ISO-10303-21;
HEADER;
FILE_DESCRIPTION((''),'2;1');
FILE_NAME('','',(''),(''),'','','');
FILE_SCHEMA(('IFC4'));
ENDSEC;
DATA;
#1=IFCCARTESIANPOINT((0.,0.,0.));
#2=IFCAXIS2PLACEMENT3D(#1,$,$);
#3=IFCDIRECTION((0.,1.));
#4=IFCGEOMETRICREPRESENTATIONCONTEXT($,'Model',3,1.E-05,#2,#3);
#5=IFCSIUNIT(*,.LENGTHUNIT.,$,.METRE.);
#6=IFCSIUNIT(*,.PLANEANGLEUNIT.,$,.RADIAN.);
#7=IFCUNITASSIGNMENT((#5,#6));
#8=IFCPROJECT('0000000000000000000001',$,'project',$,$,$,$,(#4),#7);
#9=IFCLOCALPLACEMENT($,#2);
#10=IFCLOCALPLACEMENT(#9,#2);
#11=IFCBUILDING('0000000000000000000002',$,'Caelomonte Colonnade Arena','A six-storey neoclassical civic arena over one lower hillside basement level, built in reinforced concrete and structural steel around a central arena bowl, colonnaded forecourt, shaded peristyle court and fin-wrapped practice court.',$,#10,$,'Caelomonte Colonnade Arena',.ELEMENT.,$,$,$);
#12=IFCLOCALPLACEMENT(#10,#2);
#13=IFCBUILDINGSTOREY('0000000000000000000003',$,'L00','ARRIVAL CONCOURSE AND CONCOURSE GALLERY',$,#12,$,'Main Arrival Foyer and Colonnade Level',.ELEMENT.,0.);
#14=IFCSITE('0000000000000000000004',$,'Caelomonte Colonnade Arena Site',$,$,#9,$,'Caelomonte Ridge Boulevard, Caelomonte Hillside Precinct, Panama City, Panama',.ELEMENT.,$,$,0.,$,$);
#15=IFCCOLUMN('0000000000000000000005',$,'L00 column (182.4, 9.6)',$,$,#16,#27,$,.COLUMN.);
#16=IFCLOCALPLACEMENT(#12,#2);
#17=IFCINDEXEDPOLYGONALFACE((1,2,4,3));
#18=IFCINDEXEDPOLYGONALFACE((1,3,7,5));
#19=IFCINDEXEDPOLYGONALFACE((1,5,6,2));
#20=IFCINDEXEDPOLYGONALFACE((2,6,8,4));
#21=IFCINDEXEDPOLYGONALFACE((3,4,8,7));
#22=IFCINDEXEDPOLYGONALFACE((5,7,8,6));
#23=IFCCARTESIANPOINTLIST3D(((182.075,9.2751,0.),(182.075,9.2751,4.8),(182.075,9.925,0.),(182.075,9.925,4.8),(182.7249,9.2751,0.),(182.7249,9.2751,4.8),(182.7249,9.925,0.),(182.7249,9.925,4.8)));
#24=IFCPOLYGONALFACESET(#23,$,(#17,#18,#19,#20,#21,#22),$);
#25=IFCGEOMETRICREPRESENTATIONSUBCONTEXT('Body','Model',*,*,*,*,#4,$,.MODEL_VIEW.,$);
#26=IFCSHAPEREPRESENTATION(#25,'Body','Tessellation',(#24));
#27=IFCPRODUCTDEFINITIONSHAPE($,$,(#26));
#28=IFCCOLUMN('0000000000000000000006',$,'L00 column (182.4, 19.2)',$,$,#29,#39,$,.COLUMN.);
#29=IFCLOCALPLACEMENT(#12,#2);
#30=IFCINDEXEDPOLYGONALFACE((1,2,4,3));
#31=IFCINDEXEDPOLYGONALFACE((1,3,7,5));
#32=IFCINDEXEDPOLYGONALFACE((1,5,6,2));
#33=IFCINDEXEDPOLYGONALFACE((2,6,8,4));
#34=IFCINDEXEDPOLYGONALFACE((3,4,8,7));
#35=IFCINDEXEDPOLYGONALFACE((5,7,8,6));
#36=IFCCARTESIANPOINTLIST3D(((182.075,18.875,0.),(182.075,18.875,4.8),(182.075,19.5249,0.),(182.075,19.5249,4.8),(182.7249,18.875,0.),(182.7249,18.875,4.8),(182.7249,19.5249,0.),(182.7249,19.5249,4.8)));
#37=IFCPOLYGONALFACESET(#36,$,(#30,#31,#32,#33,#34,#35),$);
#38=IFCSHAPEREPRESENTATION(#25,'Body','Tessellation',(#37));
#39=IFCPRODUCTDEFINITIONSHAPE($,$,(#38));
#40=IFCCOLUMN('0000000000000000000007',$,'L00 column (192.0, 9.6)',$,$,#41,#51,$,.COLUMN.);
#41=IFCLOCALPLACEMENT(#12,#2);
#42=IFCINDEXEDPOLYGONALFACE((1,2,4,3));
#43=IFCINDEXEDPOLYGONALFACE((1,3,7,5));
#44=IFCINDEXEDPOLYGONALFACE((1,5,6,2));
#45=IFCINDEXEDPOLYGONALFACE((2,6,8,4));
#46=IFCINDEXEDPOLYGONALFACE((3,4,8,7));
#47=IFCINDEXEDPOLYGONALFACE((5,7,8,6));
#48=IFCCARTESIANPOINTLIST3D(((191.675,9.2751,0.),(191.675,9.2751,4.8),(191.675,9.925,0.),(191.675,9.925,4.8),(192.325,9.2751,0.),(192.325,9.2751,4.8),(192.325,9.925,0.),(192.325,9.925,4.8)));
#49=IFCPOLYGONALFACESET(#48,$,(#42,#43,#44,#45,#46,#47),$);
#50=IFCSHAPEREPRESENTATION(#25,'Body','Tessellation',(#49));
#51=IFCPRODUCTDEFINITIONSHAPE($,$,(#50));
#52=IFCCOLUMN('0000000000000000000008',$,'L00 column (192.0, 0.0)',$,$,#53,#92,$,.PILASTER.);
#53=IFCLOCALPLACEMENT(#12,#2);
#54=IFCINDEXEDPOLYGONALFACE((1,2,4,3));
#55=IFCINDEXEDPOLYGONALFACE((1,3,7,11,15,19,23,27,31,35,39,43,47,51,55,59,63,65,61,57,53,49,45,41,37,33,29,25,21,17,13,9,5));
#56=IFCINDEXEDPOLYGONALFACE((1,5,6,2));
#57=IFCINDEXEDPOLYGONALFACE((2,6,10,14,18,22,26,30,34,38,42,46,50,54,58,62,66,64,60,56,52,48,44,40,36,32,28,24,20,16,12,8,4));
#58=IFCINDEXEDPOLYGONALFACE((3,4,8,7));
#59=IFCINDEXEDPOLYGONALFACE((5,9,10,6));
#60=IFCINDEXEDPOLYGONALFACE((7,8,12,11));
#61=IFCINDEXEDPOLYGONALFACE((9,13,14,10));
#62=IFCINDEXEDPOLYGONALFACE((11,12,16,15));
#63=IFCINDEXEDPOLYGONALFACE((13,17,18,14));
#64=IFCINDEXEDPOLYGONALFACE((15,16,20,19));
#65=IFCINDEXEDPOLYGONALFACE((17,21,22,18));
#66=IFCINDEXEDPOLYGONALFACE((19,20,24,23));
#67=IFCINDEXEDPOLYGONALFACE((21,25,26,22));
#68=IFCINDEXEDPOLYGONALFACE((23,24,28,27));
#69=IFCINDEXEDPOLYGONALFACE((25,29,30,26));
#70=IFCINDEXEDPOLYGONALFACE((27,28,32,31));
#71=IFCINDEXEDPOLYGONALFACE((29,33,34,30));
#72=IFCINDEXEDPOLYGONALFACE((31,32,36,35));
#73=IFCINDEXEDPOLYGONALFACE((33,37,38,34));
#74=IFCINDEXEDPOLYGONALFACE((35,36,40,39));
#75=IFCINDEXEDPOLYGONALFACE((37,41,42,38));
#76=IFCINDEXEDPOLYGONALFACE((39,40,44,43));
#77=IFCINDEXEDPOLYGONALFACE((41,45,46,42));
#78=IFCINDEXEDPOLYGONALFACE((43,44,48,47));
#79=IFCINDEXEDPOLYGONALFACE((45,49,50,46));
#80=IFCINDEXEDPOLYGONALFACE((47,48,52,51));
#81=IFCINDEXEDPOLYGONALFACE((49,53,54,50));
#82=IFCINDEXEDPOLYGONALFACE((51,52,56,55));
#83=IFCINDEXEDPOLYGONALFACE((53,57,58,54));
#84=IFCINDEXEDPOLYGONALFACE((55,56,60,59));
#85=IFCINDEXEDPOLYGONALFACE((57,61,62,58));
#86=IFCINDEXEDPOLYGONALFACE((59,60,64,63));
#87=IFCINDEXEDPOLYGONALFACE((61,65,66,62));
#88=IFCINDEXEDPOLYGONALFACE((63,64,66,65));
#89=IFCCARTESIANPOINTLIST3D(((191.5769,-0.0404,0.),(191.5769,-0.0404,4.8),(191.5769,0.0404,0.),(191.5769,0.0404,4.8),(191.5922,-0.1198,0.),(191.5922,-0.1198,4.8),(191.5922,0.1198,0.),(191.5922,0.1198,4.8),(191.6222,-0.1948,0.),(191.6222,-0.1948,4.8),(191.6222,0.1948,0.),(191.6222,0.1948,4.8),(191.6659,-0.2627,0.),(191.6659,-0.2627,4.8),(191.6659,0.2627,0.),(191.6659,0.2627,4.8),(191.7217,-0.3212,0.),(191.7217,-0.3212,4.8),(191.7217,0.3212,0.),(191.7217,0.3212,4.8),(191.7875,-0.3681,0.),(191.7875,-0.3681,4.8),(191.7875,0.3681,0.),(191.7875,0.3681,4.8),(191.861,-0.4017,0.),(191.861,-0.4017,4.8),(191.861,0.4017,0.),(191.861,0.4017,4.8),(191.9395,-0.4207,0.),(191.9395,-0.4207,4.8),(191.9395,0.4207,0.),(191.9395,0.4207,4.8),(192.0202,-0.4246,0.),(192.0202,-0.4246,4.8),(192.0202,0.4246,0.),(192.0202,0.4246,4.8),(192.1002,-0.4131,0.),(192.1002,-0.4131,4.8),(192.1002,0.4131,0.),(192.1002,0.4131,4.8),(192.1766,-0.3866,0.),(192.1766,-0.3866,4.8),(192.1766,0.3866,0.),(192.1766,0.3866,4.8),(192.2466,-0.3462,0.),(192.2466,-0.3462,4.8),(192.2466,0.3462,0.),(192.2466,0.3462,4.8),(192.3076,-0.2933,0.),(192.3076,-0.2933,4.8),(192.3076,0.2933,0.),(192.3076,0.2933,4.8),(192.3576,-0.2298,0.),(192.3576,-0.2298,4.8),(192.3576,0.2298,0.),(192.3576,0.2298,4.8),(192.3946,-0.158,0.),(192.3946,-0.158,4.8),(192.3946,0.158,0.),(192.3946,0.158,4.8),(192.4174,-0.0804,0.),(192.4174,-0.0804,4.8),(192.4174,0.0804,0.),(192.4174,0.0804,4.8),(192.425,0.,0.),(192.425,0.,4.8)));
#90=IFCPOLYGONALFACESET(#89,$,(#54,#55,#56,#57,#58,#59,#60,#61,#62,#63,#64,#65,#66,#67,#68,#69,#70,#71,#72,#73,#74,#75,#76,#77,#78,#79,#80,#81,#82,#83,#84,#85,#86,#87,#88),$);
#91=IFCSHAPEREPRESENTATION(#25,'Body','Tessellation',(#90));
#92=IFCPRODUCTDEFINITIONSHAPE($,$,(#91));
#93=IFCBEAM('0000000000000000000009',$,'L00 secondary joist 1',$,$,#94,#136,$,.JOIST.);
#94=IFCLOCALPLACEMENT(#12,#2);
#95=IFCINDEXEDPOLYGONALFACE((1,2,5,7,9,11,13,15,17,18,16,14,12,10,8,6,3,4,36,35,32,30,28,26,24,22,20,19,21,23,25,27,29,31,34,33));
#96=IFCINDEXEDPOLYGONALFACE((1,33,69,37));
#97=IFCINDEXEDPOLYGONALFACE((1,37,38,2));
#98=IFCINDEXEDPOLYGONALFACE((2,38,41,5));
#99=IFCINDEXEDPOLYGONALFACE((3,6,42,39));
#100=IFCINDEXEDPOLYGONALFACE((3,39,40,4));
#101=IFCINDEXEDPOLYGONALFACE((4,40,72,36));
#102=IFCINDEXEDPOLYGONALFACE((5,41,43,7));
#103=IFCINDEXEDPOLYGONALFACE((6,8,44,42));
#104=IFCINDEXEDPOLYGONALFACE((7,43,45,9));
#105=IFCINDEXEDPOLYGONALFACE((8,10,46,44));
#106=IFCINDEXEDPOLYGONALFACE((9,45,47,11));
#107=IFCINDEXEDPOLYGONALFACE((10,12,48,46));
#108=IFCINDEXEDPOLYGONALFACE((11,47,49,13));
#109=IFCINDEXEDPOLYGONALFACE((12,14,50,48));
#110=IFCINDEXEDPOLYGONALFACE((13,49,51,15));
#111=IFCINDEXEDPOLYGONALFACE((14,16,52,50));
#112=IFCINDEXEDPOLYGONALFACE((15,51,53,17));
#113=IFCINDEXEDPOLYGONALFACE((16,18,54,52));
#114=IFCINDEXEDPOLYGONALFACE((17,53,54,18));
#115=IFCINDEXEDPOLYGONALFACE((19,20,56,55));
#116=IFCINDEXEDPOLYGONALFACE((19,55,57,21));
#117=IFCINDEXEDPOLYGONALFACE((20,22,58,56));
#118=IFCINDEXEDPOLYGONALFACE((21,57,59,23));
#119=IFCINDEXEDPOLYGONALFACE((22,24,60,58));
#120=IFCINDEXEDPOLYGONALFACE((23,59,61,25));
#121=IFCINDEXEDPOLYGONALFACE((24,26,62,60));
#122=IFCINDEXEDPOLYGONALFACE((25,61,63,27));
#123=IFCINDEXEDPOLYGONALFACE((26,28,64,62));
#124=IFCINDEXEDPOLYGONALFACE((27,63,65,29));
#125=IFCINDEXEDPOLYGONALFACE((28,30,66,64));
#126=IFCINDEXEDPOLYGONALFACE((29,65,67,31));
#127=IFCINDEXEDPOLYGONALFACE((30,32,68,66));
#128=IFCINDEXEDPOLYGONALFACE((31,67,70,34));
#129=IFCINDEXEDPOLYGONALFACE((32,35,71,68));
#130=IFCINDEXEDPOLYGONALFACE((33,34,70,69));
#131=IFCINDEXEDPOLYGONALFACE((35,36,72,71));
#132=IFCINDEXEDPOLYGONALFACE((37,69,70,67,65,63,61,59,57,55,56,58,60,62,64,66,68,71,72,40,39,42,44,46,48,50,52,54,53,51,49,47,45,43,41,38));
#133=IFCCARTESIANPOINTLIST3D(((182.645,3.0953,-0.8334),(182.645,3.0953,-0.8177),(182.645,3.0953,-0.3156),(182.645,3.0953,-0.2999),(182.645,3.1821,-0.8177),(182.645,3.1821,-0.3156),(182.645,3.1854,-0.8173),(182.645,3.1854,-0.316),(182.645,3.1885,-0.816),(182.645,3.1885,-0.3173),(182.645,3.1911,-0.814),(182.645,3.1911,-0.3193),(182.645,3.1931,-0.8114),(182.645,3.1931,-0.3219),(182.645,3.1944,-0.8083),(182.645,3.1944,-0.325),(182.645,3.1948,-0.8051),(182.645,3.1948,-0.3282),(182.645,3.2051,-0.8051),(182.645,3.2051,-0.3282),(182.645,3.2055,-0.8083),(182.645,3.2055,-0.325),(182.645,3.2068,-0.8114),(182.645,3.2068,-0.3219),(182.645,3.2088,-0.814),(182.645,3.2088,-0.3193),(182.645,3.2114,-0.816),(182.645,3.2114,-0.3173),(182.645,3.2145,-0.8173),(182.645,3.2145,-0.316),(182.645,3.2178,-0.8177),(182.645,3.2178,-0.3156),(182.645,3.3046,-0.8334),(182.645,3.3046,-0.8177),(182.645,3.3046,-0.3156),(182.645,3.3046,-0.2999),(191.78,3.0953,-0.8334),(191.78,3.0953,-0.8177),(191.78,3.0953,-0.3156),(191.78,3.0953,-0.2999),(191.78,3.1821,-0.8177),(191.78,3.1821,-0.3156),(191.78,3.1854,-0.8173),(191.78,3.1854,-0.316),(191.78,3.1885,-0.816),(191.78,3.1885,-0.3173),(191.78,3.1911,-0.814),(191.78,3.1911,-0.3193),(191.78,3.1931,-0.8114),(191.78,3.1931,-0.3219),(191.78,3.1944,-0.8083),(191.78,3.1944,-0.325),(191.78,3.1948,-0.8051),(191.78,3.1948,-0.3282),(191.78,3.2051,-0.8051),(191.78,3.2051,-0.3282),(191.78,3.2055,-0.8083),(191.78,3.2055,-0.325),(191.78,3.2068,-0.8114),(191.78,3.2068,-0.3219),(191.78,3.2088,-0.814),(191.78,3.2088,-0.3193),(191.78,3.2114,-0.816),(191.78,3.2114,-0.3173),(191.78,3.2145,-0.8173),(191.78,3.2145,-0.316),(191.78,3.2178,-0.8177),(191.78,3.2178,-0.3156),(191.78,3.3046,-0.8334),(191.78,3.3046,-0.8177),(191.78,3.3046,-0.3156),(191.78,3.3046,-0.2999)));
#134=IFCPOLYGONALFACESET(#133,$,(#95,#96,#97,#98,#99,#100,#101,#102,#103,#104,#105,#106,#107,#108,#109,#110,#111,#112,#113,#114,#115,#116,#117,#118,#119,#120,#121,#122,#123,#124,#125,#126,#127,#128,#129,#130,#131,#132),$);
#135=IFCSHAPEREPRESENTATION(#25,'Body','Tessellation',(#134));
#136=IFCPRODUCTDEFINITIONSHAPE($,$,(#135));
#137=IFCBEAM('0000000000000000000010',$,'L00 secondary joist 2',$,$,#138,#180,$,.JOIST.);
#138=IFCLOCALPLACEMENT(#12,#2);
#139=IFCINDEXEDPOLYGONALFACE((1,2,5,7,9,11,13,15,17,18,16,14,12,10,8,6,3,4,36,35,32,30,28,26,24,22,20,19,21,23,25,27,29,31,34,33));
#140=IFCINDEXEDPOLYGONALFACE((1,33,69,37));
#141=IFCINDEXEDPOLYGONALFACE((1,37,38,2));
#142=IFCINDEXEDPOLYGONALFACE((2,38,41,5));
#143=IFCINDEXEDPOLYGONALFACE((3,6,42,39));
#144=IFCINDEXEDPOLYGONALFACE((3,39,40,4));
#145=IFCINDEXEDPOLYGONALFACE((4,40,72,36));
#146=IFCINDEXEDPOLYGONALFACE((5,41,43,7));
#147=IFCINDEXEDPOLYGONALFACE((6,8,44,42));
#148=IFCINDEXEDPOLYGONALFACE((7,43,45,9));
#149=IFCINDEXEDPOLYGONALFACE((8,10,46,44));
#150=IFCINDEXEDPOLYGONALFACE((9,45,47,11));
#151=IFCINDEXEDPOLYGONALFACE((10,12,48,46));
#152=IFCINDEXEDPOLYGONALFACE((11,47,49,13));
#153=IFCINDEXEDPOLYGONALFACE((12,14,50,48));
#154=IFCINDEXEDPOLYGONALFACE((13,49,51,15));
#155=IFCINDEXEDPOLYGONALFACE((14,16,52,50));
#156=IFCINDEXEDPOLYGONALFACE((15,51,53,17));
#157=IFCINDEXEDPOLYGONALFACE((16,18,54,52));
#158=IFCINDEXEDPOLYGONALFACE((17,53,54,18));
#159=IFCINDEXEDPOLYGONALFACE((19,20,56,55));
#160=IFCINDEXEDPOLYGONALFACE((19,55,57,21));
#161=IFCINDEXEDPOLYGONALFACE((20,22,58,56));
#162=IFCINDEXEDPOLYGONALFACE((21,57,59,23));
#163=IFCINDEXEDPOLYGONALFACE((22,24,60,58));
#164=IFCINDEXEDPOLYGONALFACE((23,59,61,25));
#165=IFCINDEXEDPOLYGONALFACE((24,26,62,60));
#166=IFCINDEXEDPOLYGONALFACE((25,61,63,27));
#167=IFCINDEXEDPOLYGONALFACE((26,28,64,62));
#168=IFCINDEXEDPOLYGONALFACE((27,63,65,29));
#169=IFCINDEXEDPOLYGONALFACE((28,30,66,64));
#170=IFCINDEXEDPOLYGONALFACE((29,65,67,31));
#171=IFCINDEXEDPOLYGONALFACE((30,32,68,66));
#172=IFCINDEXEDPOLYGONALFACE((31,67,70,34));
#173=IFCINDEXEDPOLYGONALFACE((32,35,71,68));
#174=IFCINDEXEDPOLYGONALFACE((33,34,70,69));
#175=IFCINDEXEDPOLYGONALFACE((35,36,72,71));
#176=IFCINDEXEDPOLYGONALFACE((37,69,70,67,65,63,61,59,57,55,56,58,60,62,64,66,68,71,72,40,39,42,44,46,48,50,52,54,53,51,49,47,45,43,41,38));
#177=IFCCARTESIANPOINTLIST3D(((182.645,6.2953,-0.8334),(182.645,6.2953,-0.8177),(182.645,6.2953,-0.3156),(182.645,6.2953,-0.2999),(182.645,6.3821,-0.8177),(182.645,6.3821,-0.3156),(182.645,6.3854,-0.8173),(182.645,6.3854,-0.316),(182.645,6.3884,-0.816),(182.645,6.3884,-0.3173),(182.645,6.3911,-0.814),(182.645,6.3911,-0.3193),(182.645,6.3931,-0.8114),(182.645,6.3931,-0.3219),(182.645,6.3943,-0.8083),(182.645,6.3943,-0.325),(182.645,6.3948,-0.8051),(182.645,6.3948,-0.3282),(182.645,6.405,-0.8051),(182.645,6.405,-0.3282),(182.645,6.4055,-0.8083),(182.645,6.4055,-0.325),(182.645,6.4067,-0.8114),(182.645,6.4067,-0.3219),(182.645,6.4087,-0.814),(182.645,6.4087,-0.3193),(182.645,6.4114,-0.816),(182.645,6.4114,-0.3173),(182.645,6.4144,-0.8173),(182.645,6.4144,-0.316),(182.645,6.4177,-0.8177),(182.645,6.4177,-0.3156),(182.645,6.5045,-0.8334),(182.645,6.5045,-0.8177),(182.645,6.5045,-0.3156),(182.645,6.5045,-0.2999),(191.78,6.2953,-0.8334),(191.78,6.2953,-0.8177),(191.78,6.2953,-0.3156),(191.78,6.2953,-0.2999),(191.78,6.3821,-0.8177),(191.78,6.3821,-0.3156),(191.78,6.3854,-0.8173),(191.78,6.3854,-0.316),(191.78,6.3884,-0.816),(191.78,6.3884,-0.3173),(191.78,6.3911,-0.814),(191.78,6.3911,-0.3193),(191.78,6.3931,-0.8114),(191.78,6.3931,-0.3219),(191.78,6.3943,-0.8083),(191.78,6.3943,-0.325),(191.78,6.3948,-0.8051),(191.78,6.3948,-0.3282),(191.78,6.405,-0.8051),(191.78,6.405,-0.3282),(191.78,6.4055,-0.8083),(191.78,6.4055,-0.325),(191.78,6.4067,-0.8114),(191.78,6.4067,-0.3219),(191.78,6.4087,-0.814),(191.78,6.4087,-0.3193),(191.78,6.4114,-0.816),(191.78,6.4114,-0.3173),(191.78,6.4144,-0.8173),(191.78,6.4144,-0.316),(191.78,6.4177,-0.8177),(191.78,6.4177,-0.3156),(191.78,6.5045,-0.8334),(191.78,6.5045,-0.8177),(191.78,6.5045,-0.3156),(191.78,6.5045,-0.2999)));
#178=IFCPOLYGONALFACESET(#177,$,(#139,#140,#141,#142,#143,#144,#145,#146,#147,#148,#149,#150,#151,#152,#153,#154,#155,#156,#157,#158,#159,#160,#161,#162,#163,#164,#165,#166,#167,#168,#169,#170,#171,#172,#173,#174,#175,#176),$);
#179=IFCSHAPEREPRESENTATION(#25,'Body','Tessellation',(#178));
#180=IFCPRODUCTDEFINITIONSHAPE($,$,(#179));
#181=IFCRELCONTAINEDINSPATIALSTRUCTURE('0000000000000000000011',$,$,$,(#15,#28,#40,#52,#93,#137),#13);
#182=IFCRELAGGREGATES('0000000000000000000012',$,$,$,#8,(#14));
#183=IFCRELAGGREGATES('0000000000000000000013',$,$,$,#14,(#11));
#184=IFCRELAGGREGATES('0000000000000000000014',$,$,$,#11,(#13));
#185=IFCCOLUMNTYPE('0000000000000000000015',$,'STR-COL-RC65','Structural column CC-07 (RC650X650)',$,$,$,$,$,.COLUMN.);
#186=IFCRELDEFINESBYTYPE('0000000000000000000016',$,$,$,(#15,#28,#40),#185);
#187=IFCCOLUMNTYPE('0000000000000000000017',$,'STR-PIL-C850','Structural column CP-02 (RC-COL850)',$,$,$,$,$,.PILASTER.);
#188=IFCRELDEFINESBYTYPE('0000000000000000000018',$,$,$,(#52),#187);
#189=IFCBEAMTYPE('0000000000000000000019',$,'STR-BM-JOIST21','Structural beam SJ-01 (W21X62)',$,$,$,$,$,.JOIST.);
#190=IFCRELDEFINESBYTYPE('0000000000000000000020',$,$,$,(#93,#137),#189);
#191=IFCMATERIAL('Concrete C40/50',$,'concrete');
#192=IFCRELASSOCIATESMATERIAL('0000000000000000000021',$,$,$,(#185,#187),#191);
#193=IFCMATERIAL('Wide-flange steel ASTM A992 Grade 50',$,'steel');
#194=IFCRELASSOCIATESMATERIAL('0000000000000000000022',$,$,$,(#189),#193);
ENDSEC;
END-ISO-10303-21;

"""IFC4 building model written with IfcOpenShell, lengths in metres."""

from ifc_helpers import new_model, si_unit, direction, frame, origin, origin_2d, place, context, subcontext, project, spatial, rectangle, circle, i_section, extrude, material, material_profile, profile_set, type_object, element, save


model = new_model("IFC4")

# Units and contexts
model_context = context("Model", 3, precision=1e-05, world=origin(), true_north=direction((0.0, 1.0)))
body_context = subcontext(model_context, "Body", "Model", "MODEL_VIEW")
ifc_project = project(units=[si_unit("LENGTHUNIT", "METRE"), si_unit("PLANEANGLEUNIT", "RADIAN")], contexts=[model_context])

# Site, building, storey
site_placement = place(None, origin())
site = spatial("IfcSite", under=ifc_project, at=site_placement, Name="Caelomonte Colonnade Arena Site", LongName="Caelomonte Ridge Boulevard, Caelomonte Hillside Precinct, Panama City, Panama", CompositionType="ELEMENT", RefElevation=0.0)
building_placement = place(site_placement, origin())
building = spatial("IfcBuilding", under=site, at=building_placement, Name="Caelomonte Colonnade Arena", Description="A six-storey neoclassical civic arena over one lower hillside basement level, built in reinforced concrete and structural steel around a central arena bowl, colonnaded forecourt, shaded peristyle court and fin-wrapped practice court.", LongName="Caelomonte Colonnade Arena", CompositionType="ELEMENT")
storey_placement = place(building_placement, origin())
storey = spatial("IfcBuildingStorey", under=building, at=storey_placement, Name="L00", Description="ARRIVAL CONCOURSE AND CONCOURSE GALLERY", LongName="Main Arrival Foyer and Colonnade Level", CompositionType="ELEMENT", Elevation=0.0)

# Columns
ifc_material_1 = material(Name="Concrete C40/50", Category="concrete")
ifc_material_profile_1 = material_profile(ifc_material_1, rectangle(XDim=0.6499, YDim=0.6499, at=origin_2d()), Name="RC650X650")
ifc_profile_set_1 = profile_set([ifc_material_profile_1], Name="Concrete C40/50")
column_type_1 = type_object("IfcColumnType", Name="STR-COL-RC65", Description="Structural column CC-07 (RC650X650)", PredefinedType="COLUMN", material=ifc_profile_set_1)
for number, where, z_axis, x_axis, name in (
    (1, (182.3999, 9.6001, 0.0), (0.0, 0.0, 1.0), (1.0, 0.0, 0.0), "L00 column (182.4, 9.6)"),
    (2, (182.3999, 19.2, 0.0), (0.0, 0.0, 1.0), (1.0, 0.0, 0.0), "L00 column (182.4, 19.2)"),
    (3, (192.0, 9.6001, 0.0), (0.0, 0.0, 1.0), (1.0, 0.0, 0.0), "L00 column (192.0, 9.6)"),
):
    element("IfcColumn", number, at=place(storey_placement, frame(where, z_axis=z_axis, x_axis=x_axis)), inside=storey, type_object=column_type_1, Name=name, PredefinedType="COLUMN", context=body_context, shape_type="SweptSolid", body=[
        extrude(rectangle(XDim=0.6499, YDim=0.6499, at=origin_2d()), origin(), (0.0, 0.0, 1.0), 4.8),
    ])
ifc_material_profile_2 = material_profile(ifc_material_1, circle(Radius=0.425, at=origin_2d()), Name="RC-COL850")
ifc_profile_set_2 = profile_set([ifc_material_profile_2], Name="Concrete C40/50")
column_type_2 = type_object("IfcColumnType", Name="STR-PIL-C850", Description="Structural column CP-02 (RC-COL850)", PredefinedType="PILASTER", material=ifc_profile_set_2)
column_placement = place(storey_placement, frame((192.0, 0.0, 0.0), z_axis=(0.0, 0.0, 1.0), x_axis=(1.0, 0.0, 0.0)))
element("IfcColumn", 4, at=column_placement, inside=storey, type_object=column_type_2, Name="L00 column (192.0, 0.0)", PredefinedType="PILASTER", context=body_context, shape_type="SweptSolid", body=[
    extrude(circle(Radius=0.425, at=origin_2d()), origin(), (0.0, 0.0, 1.0), 4.8),
])

# Beams
ifc_material_2 = material(Name="Wide-flange steel ASTM A992 Grade 50", Category="steel")
ifc_material_profile_3 = material_profile(ifc_material_2, i_section(OverallWidth=0.2092, OverallDepth=0.5334, WebThickness=0.0103, FlangeThickness=0.0156, FilletRadius=0.0127, at=origin_2d()), Name="W21X62")
ifc_profile_set_3 = profile_set([ifc_material_profile_3], Name="Wide-flange steel ASTM A992 Grade 50")
beam_type_1 = type_object("IfcBeamType", Name="STR-BM-JOIST21", Description="Structural beam SJ-01 (W21X62)", PredefinedType="JOIST", material=ifc_profile_set_3)
for number, where, z_axis, x_axis, name in (
    (5, (182.645, 3.2, -0.5667), (1.0, 0.0, 0.0), (0.0, 1.0, 0.0), "L00 secondary joist 1"),
    (6, (182.645, 6.3999, -0.5667), (1.0, 0.0, 0.0), (0.0, 1.0, 0.0), "L00 secondary joist 2"),
):
    element("IfcBeam", number, at=place(storey_placement, frame(where, z_axis=z_axis, x_axis=x_axis)), inside=storey, type_object=beam_type_1, Name=name, PredefinedType="JOIST", context=body_context, shape_type="SweptSolid", body=[
        extrude(i_section(OverallWidth=0.2092, OverallDepth=0.5334, WebThickness=0.0103, FlangeThickness=0.0156, FilletRadius=0.0127, at=origin_2d()), origin(), (0.0, 0.0, 1.0), 9.135),
    ])

save(model, "model.ifc")
